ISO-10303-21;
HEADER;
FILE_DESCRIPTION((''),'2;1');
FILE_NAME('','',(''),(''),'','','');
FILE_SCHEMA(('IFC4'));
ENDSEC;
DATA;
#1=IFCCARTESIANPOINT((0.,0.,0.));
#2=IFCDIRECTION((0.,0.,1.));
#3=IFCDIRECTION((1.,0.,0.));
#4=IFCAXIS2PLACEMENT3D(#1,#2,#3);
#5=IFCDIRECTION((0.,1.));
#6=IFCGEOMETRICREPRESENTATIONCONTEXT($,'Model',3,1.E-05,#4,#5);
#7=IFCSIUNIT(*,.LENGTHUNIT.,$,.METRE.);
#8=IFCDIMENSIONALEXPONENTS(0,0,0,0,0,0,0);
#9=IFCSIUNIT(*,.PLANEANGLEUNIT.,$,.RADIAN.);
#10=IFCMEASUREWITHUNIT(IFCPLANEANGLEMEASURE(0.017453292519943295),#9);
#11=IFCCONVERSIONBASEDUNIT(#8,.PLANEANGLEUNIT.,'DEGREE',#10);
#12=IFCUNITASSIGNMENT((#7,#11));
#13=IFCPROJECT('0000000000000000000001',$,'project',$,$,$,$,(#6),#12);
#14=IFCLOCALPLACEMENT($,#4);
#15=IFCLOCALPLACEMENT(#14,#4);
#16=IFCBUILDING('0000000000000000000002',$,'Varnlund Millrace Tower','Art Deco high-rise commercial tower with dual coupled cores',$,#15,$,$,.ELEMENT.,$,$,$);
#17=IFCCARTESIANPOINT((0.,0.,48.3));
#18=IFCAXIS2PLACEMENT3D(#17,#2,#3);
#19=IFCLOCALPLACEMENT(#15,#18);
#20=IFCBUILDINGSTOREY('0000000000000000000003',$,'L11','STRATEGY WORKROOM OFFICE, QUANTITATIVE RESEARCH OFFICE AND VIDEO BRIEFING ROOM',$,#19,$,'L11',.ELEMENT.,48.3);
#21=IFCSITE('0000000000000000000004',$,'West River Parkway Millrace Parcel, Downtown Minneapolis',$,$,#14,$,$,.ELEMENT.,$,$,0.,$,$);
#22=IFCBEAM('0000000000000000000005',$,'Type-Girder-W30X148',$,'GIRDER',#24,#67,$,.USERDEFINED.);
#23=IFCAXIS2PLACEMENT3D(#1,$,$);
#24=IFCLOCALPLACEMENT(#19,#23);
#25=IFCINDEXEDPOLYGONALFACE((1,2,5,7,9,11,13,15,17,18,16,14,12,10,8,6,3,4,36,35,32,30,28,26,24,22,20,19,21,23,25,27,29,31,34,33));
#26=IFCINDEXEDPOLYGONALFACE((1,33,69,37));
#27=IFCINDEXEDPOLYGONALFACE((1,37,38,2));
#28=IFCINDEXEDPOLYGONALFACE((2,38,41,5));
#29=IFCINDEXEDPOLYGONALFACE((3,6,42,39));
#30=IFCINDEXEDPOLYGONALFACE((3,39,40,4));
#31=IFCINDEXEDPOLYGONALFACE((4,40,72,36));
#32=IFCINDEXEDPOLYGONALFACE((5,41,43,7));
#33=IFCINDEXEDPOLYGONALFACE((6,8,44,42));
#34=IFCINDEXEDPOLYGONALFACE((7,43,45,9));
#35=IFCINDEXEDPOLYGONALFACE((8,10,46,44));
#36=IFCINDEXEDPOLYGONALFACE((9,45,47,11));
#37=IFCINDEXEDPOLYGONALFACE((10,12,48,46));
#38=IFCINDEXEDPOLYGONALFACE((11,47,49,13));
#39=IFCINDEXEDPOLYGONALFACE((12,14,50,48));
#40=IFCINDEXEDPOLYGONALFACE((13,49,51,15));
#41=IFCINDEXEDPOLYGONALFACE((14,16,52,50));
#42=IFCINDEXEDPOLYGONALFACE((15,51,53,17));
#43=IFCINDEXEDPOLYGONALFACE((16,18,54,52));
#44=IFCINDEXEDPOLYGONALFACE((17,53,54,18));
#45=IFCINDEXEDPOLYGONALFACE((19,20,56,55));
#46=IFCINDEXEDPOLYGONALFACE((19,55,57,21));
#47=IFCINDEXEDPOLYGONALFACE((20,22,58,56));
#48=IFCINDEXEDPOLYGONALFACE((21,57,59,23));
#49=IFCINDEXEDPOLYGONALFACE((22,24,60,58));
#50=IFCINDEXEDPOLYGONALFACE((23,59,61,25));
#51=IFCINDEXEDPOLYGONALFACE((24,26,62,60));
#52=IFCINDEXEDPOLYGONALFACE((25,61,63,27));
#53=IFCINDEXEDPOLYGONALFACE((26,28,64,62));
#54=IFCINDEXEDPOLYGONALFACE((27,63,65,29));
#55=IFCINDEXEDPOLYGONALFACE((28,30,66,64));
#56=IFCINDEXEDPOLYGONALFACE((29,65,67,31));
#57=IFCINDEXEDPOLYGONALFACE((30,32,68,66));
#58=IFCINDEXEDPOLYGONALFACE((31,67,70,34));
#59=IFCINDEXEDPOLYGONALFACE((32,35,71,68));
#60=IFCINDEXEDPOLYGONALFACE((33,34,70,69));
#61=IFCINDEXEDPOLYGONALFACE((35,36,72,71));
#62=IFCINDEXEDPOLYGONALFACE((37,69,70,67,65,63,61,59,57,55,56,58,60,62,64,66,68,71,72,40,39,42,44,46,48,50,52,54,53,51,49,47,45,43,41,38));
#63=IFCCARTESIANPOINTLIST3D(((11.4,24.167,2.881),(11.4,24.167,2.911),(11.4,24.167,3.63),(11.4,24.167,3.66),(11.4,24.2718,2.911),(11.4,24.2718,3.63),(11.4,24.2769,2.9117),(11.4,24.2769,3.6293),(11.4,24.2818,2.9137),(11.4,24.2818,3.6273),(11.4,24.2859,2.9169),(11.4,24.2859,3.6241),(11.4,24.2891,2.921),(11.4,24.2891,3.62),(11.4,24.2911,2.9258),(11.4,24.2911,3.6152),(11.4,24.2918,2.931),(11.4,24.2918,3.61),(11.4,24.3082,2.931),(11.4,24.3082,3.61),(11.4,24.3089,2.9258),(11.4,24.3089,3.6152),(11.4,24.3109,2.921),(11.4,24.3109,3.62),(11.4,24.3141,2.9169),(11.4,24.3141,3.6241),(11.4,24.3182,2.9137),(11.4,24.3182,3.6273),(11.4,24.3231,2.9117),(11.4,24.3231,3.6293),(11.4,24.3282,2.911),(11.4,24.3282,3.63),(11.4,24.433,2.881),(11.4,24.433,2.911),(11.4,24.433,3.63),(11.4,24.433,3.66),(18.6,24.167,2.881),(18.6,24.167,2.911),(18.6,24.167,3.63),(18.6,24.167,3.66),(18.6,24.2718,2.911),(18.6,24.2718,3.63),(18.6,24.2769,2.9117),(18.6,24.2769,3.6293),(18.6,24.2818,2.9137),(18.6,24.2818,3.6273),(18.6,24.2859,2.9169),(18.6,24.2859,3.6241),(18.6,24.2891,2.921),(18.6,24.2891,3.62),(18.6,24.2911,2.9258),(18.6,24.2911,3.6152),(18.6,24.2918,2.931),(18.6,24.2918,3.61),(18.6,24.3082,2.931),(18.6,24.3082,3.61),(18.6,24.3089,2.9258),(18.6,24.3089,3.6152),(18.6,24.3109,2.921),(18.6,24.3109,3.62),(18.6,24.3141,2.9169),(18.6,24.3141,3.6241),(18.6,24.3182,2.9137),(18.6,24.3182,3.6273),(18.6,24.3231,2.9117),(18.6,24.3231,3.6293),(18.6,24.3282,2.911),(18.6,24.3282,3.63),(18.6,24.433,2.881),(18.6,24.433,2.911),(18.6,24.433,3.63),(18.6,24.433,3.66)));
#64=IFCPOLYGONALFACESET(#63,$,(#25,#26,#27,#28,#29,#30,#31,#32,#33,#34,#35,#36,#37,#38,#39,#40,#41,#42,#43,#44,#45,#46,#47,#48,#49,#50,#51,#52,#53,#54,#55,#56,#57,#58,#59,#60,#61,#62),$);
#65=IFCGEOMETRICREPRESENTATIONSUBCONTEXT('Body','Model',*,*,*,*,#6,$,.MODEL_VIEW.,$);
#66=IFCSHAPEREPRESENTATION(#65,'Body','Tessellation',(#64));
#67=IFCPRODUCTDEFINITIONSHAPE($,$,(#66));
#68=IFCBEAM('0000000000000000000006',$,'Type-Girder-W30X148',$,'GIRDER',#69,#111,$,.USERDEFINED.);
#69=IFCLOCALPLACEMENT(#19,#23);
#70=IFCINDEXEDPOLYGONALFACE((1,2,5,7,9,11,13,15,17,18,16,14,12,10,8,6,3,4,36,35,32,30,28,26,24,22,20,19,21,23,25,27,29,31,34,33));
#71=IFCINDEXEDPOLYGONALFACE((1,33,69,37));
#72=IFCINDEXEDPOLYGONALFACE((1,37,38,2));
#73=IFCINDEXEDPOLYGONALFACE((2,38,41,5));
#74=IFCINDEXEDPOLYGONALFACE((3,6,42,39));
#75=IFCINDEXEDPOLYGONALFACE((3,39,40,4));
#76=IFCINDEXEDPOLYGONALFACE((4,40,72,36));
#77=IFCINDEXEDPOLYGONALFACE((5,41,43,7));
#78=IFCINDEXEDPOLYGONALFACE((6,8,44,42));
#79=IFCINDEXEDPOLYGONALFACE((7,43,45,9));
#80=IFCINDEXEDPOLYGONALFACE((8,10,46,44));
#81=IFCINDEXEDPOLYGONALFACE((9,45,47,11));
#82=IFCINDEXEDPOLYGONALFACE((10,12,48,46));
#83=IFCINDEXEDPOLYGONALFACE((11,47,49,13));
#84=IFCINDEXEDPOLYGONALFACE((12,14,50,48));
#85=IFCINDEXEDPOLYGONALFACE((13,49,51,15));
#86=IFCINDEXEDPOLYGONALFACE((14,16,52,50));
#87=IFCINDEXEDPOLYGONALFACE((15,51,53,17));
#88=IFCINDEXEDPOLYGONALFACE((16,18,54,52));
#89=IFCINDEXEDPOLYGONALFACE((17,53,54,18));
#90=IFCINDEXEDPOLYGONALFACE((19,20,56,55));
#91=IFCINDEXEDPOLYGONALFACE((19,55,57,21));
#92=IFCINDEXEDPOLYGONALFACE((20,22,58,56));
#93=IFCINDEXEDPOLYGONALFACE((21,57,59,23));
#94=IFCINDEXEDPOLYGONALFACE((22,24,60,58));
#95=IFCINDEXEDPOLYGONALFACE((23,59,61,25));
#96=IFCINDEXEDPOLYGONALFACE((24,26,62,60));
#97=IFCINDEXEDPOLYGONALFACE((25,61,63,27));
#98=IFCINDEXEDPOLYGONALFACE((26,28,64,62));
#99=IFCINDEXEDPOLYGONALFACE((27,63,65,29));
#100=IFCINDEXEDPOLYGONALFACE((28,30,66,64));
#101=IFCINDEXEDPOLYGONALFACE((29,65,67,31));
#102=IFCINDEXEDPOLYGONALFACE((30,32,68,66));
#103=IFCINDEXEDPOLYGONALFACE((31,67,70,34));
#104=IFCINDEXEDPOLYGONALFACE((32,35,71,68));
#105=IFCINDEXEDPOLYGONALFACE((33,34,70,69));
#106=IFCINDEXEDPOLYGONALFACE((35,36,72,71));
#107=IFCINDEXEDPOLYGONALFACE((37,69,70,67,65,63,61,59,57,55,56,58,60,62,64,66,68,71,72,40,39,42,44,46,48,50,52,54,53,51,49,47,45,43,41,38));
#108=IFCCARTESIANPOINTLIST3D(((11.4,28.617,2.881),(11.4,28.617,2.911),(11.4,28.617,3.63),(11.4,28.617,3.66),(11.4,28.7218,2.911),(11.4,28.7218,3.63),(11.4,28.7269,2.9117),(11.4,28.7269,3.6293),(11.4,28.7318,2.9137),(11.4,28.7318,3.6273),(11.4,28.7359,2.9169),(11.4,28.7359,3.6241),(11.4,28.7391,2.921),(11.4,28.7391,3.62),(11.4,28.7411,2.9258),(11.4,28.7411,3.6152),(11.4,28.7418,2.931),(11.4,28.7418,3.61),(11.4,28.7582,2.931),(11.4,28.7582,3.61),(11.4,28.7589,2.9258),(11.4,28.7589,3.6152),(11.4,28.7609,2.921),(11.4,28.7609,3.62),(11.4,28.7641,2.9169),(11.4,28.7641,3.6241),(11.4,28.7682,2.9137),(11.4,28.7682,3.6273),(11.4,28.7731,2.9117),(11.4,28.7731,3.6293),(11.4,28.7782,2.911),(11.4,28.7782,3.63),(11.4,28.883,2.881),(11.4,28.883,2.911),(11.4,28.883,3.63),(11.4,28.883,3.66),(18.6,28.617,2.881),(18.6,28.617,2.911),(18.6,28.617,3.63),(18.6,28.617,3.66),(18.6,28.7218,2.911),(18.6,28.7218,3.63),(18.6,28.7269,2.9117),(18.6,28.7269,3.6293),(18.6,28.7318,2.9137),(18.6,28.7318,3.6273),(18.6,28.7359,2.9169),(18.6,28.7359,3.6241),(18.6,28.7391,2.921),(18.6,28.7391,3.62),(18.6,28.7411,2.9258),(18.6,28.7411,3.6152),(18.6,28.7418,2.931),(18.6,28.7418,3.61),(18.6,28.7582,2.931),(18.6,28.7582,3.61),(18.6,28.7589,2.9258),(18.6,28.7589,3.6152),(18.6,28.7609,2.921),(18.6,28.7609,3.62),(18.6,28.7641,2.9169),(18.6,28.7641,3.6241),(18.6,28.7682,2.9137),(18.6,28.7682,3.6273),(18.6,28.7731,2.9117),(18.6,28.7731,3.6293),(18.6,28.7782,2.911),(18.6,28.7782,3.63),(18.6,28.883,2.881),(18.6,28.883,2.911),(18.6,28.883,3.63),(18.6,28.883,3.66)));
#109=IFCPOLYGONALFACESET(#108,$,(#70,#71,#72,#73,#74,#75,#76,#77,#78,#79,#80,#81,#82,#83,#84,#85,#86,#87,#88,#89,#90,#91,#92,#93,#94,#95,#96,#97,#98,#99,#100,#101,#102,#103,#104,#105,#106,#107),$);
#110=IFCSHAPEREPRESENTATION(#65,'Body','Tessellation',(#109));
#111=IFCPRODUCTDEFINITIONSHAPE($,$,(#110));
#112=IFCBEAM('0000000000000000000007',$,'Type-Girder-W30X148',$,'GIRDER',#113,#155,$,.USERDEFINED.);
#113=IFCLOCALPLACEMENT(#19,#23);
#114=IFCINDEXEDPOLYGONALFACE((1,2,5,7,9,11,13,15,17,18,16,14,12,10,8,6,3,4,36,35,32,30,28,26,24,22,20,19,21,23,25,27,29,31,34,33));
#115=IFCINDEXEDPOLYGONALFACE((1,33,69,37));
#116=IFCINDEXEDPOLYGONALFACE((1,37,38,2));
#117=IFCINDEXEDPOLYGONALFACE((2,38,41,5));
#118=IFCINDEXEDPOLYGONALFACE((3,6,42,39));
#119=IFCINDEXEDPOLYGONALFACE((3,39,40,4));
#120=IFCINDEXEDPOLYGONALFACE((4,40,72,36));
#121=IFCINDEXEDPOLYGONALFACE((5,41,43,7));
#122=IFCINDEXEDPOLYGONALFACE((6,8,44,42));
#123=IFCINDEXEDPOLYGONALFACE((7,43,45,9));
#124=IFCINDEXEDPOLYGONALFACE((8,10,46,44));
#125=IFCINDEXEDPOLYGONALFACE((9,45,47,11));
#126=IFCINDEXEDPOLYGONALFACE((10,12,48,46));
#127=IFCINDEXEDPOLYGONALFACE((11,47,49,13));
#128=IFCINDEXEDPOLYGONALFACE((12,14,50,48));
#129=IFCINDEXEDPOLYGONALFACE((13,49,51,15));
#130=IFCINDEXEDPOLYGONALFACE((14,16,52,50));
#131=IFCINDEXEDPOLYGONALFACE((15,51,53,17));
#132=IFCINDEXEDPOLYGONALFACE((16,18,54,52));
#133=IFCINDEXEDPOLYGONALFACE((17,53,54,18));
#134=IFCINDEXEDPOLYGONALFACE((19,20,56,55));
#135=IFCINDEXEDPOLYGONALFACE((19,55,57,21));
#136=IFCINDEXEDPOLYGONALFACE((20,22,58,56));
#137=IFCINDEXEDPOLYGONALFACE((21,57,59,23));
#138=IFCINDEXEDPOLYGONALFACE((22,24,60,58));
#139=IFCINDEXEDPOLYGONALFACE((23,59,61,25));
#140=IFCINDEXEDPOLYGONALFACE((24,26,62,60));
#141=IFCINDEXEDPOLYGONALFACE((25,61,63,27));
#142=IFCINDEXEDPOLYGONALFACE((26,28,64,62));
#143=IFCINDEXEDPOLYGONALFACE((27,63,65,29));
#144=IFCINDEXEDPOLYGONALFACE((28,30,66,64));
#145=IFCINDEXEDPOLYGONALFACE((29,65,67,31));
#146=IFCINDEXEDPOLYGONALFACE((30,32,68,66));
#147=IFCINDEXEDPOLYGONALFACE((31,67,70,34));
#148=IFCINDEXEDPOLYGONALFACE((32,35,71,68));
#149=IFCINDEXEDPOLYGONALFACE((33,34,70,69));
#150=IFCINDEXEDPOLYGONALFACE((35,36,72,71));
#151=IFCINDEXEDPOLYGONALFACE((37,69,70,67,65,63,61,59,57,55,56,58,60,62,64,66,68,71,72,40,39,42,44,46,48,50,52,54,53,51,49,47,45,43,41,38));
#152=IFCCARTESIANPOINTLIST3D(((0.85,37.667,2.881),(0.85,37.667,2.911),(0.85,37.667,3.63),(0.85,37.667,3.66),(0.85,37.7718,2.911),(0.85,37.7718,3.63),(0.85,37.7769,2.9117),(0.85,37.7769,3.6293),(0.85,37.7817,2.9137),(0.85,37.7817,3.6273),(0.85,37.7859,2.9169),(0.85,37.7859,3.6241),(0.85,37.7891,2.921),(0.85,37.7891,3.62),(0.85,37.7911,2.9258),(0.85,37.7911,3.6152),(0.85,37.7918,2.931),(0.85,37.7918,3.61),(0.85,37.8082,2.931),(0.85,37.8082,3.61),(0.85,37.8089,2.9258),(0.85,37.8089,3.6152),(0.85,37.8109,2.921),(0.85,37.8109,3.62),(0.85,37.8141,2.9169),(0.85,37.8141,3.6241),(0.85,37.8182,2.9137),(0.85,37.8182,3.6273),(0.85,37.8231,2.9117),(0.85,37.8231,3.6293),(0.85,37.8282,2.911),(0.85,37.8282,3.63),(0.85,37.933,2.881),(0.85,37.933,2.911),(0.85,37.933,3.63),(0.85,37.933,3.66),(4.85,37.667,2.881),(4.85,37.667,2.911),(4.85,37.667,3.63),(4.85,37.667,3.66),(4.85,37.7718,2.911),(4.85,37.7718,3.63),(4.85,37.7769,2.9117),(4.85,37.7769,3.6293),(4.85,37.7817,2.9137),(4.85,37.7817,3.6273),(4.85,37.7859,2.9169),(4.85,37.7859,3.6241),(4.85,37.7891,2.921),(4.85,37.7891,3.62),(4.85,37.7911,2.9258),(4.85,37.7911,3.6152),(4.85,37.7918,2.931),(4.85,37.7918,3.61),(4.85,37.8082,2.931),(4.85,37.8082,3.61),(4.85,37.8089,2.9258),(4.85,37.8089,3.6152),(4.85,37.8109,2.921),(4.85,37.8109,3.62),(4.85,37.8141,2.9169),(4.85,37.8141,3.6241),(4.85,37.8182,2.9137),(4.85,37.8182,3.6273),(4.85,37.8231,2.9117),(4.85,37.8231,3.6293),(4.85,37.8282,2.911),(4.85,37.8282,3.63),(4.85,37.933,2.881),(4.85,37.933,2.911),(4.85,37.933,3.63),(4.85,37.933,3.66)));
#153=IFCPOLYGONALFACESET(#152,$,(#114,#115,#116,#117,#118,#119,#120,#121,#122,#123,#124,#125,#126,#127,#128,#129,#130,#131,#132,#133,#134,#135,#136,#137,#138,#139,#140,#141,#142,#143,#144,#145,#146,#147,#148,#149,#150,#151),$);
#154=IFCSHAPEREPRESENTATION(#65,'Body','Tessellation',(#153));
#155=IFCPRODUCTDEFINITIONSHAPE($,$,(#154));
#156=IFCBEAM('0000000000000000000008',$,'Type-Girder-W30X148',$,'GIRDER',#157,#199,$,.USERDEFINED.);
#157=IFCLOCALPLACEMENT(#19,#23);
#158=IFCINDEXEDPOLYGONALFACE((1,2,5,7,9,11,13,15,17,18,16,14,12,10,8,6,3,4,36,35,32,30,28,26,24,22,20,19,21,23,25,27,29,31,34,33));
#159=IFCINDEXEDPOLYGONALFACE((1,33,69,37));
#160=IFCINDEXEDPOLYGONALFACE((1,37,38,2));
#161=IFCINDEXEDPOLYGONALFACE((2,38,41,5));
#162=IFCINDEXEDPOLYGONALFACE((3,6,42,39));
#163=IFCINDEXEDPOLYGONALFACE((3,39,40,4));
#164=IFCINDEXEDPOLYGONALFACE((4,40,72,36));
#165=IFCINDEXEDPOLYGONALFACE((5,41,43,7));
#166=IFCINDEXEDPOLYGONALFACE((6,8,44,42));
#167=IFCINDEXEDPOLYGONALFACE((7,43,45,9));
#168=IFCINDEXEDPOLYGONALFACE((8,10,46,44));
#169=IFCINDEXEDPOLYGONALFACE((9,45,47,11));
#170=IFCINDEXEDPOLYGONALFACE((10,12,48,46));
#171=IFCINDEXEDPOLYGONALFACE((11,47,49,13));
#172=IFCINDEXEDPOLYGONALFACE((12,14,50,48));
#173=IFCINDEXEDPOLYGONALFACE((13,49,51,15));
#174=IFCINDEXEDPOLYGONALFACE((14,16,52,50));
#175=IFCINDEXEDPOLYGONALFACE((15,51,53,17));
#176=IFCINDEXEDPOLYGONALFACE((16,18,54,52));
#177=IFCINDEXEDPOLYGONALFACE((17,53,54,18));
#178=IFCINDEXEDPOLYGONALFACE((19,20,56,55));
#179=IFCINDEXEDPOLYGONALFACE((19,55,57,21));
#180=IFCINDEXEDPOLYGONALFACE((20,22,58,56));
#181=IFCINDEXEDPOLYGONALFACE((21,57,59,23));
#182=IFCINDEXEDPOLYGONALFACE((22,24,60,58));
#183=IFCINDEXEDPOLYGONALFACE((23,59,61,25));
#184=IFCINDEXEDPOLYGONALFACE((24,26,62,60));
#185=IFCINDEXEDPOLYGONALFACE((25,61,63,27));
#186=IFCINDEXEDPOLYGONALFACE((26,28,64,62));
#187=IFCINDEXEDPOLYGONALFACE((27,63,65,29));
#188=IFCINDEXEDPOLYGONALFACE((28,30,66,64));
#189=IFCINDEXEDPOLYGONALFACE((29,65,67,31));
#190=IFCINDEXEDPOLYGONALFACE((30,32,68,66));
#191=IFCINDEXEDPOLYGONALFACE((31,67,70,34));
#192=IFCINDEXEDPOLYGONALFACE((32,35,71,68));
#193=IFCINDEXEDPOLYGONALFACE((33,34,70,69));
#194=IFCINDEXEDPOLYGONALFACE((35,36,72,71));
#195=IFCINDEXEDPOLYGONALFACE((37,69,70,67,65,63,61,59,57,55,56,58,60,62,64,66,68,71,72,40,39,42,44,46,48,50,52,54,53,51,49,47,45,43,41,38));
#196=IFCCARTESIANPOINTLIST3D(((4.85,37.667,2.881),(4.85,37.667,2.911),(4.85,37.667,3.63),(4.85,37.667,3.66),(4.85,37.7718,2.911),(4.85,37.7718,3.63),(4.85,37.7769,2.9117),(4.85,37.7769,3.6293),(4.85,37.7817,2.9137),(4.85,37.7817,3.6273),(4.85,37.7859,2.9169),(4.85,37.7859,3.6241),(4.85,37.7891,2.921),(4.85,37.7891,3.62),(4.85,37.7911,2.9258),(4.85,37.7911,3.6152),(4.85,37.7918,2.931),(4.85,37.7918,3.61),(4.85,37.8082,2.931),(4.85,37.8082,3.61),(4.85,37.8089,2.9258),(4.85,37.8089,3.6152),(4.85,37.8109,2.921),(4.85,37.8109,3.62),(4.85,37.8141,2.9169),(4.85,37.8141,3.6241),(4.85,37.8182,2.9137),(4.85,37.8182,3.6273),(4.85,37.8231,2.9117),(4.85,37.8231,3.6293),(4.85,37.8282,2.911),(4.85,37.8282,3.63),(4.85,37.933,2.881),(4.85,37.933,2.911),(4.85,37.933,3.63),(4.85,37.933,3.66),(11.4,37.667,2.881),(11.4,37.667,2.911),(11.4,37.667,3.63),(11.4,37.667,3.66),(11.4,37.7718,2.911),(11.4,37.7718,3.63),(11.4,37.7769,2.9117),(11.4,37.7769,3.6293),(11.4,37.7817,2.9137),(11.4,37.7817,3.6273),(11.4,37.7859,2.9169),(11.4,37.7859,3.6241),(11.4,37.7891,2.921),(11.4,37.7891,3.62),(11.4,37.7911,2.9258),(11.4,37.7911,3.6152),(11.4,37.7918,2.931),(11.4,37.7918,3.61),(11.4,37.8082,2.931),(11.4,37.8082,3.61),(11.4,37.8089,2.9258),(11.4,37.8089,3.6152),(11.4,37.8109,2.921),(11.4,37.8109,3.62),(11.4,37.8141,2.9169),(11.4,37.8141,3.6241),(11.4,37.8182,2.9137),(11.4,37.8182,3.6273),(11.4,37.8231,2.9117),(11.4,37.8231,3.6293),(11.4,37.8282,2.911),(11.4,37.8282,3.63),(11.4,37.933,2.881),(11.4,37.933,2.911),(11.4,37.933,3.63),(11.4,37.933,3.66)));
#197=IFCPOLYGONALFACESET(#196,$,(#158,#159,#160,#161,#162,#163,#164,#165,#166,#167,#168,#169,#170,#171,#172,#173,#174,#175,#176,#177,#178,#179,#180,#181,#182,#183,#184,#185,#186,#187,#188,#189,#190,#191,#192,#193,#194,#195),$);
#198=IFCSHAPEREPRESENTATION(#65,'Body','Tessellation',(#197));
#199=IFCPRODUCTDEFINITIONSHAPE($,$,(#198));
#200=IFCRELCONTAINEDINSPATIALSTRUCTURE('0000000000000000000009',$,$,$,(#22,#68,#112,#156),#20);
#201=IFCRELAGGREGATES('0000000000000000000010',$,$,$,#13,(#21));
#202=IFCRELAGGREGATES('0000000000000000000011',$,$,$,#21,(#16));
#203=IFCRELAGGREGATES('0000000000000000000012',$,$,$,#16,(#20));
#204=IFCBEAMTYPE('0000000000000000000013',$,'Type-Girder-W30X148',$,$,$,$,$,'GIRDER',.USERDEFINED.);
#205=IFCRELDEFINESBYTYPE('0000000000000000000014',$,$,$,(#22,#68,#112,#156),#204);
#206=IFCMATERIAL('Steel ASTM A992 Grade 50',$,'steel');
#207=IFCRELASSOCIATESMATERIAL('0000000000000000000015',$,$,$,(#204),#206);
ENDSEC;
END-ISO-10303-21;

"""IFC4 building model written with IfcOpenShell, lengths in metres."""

from ifc_helpers import new_model, entity, si_unit, converted_unit, direction, frame, origin_with_axes, origin_2d_with_axis, place, context, subcontext, project, spatial, i_section, extrude, material, material_profile, profile_set, type_object, element, save


model = new_model("IFC4")

# Units and contexts
model_context = context("Model", 3, precision=1e-05, world=origin_with_axes(), true_north=direction((0.0, 1.0)))
body_context = subcontext(model_context, "Body", "Model", "MODEL_VIEW")
ifc_project = project(units=[si_unit("LENGTHUNIT", "METRE"), converted_unit("PLANEANGLEUNIT", "DEGREE", entity("IfcPlaneAngleMeasure", 0.017453292519943295), si_unit("PLANEANGLEUNIT", "RADIAN"), dimensions=[0, 0, 0, 0, 0, 0, 0])], contexts=[model_context])

# Site, building, storey
site_placement = place(None, origin_with_axes())
site = spatial("IfcSite", under=ifc_project, at=site_placement, Name="West River Parkway Millrace Parcel, Downtown Minneapolis", CompositionType="ELEMENT", RefElevation=0.0)
building_placement = place(site_placement, origin_with_axes())
building = spatial("IfcBuilding", under=site, at=building_placement, Name="Varnlund Millrace Tower", Description="Art Deco high-rise commercial tower with dual coupled cores", CompositionType="ELEMENT")
storey_placement = place(building_placement, frame((0.0, 0.0, 48.3), z_axis=(0.0, 0.0, 1.0), x_axis=(1.0, 0.0, 0.0)))
storey = spatial("IfcBuildingStorey", under=building, at=storey_placement, Name="L11", Description="STRATEGY WORKROOM OFFICE, QUANTITATIVE RESEARCH OFFICE AND VIDEO BRIEFING ROOM", LongName="L11", CompositionType="ELEMENT", Elevation=48.3)

# Beams
ifc_material_1 = material(Name="Steel ASTM A992 Grade 50", Category="steel")
ifc_material_profile_1 = material_profile(ifc_material_1, i_section(OverallWidth=0.266, OverallDepth=0.779, WebThickness=0.0165, FlangeThickness=0.03, FilletRadius=0.02, at=origin_2d_with_axis()), Name="Steel ASTM A992 Grade 50")
ifc_profile_set_1 = profile_set([ifc_material_profile_1], Name="Steel ASTM A992 Grade 50")
beam_type_1 = type_object("IfcBeamType", Name="Type-Girder-W30X148", ElementType="GIRDER", PredefinedType="USERDEFINED", material=ifc_profile_set_1)
for number, where, z_axis, x_axis, name in (
    (1, (11.4, 24.3, 3.2705), (1.0, 0.0, 0.0), (0.0, 1.0, 0.0), "Type-Girder-W30X148"),
    (2, (11.4, 28.75, 3.2705), (1.0, 0.0, 0.0), (0.0, 1.0, 0.0), "Type-Girder-W30X148"),
):
    element("IfcBeam", number, at=place(storey_placement, frame(where, z_axis=z_axis, x_axis=x_axis)), inside=storey, type_object=beam_type_1, Name=name, ObjectType="GIRDER", PredefinedType="USERDEFINED", context=body_context, shape_type="SweptSolid", body=[
        extrude(i_section(OverallWidth=0.266, OverallDepth=0.779, WebThickness=0.0165, FlangeThickness=0.03, FilletRadius=0.02, at=origin_2d_with_axis()), origin_with_axes(), (0.0, 0.0, 1.0), 7.2),
    ])
beam_1_placement = place(storey_placement, frame((0.85, 37.8, 3.2705), z_axis=(1.0, 0.0, 0.0), x_axis=(0.0, 1.0, 0.0)))
element("IfcBeam", 3, at=beam_1_placement, inside=storey, type_object=beam_type_1, Name="Type-Girder-W30X148", ObjectType="GIRDER", PredefinedType="USERDEFINED", context=body_context, shape_type="SweptSolid", body=[
    extrude(i_section(OverallWidth=0.266, OverallDepth=0.779, WebThickness=0.0165, FlangeThickness=0.03, FilletRadius=0.02, at=origin_2d_with_axis()), origin_with_axes(), (0.0, 0.0, 1.0), 4.0),
])
beam_2_placement = place(storey_placement, frame((4.85, 37.8, 3.2705), z_axis=(1.0, 0.0, 0.0), x_axis=(0.0, 1.0, 0.0)))
element("IfcBeam", 4, at=beam_2_placement, inside=storey, type_object=beam_type_1, Name="Type-Girder-W30X148", ObjectType="GIRDER", PredefinedType="USERDEFINED", context=body_context, shape_type="SweptSolid", body=[
    extrude(i_section(OverallWidth=0.266, OverallDepth=0.779, WebThickness=0.0165, FlangeThickness=0.03, FilletRadius=0.02, at=origin_2d_with_axis()), origin_with_axes(), (0.0, 0.0, 1.0), 6.55),
])

save(model, "model.ifc")
